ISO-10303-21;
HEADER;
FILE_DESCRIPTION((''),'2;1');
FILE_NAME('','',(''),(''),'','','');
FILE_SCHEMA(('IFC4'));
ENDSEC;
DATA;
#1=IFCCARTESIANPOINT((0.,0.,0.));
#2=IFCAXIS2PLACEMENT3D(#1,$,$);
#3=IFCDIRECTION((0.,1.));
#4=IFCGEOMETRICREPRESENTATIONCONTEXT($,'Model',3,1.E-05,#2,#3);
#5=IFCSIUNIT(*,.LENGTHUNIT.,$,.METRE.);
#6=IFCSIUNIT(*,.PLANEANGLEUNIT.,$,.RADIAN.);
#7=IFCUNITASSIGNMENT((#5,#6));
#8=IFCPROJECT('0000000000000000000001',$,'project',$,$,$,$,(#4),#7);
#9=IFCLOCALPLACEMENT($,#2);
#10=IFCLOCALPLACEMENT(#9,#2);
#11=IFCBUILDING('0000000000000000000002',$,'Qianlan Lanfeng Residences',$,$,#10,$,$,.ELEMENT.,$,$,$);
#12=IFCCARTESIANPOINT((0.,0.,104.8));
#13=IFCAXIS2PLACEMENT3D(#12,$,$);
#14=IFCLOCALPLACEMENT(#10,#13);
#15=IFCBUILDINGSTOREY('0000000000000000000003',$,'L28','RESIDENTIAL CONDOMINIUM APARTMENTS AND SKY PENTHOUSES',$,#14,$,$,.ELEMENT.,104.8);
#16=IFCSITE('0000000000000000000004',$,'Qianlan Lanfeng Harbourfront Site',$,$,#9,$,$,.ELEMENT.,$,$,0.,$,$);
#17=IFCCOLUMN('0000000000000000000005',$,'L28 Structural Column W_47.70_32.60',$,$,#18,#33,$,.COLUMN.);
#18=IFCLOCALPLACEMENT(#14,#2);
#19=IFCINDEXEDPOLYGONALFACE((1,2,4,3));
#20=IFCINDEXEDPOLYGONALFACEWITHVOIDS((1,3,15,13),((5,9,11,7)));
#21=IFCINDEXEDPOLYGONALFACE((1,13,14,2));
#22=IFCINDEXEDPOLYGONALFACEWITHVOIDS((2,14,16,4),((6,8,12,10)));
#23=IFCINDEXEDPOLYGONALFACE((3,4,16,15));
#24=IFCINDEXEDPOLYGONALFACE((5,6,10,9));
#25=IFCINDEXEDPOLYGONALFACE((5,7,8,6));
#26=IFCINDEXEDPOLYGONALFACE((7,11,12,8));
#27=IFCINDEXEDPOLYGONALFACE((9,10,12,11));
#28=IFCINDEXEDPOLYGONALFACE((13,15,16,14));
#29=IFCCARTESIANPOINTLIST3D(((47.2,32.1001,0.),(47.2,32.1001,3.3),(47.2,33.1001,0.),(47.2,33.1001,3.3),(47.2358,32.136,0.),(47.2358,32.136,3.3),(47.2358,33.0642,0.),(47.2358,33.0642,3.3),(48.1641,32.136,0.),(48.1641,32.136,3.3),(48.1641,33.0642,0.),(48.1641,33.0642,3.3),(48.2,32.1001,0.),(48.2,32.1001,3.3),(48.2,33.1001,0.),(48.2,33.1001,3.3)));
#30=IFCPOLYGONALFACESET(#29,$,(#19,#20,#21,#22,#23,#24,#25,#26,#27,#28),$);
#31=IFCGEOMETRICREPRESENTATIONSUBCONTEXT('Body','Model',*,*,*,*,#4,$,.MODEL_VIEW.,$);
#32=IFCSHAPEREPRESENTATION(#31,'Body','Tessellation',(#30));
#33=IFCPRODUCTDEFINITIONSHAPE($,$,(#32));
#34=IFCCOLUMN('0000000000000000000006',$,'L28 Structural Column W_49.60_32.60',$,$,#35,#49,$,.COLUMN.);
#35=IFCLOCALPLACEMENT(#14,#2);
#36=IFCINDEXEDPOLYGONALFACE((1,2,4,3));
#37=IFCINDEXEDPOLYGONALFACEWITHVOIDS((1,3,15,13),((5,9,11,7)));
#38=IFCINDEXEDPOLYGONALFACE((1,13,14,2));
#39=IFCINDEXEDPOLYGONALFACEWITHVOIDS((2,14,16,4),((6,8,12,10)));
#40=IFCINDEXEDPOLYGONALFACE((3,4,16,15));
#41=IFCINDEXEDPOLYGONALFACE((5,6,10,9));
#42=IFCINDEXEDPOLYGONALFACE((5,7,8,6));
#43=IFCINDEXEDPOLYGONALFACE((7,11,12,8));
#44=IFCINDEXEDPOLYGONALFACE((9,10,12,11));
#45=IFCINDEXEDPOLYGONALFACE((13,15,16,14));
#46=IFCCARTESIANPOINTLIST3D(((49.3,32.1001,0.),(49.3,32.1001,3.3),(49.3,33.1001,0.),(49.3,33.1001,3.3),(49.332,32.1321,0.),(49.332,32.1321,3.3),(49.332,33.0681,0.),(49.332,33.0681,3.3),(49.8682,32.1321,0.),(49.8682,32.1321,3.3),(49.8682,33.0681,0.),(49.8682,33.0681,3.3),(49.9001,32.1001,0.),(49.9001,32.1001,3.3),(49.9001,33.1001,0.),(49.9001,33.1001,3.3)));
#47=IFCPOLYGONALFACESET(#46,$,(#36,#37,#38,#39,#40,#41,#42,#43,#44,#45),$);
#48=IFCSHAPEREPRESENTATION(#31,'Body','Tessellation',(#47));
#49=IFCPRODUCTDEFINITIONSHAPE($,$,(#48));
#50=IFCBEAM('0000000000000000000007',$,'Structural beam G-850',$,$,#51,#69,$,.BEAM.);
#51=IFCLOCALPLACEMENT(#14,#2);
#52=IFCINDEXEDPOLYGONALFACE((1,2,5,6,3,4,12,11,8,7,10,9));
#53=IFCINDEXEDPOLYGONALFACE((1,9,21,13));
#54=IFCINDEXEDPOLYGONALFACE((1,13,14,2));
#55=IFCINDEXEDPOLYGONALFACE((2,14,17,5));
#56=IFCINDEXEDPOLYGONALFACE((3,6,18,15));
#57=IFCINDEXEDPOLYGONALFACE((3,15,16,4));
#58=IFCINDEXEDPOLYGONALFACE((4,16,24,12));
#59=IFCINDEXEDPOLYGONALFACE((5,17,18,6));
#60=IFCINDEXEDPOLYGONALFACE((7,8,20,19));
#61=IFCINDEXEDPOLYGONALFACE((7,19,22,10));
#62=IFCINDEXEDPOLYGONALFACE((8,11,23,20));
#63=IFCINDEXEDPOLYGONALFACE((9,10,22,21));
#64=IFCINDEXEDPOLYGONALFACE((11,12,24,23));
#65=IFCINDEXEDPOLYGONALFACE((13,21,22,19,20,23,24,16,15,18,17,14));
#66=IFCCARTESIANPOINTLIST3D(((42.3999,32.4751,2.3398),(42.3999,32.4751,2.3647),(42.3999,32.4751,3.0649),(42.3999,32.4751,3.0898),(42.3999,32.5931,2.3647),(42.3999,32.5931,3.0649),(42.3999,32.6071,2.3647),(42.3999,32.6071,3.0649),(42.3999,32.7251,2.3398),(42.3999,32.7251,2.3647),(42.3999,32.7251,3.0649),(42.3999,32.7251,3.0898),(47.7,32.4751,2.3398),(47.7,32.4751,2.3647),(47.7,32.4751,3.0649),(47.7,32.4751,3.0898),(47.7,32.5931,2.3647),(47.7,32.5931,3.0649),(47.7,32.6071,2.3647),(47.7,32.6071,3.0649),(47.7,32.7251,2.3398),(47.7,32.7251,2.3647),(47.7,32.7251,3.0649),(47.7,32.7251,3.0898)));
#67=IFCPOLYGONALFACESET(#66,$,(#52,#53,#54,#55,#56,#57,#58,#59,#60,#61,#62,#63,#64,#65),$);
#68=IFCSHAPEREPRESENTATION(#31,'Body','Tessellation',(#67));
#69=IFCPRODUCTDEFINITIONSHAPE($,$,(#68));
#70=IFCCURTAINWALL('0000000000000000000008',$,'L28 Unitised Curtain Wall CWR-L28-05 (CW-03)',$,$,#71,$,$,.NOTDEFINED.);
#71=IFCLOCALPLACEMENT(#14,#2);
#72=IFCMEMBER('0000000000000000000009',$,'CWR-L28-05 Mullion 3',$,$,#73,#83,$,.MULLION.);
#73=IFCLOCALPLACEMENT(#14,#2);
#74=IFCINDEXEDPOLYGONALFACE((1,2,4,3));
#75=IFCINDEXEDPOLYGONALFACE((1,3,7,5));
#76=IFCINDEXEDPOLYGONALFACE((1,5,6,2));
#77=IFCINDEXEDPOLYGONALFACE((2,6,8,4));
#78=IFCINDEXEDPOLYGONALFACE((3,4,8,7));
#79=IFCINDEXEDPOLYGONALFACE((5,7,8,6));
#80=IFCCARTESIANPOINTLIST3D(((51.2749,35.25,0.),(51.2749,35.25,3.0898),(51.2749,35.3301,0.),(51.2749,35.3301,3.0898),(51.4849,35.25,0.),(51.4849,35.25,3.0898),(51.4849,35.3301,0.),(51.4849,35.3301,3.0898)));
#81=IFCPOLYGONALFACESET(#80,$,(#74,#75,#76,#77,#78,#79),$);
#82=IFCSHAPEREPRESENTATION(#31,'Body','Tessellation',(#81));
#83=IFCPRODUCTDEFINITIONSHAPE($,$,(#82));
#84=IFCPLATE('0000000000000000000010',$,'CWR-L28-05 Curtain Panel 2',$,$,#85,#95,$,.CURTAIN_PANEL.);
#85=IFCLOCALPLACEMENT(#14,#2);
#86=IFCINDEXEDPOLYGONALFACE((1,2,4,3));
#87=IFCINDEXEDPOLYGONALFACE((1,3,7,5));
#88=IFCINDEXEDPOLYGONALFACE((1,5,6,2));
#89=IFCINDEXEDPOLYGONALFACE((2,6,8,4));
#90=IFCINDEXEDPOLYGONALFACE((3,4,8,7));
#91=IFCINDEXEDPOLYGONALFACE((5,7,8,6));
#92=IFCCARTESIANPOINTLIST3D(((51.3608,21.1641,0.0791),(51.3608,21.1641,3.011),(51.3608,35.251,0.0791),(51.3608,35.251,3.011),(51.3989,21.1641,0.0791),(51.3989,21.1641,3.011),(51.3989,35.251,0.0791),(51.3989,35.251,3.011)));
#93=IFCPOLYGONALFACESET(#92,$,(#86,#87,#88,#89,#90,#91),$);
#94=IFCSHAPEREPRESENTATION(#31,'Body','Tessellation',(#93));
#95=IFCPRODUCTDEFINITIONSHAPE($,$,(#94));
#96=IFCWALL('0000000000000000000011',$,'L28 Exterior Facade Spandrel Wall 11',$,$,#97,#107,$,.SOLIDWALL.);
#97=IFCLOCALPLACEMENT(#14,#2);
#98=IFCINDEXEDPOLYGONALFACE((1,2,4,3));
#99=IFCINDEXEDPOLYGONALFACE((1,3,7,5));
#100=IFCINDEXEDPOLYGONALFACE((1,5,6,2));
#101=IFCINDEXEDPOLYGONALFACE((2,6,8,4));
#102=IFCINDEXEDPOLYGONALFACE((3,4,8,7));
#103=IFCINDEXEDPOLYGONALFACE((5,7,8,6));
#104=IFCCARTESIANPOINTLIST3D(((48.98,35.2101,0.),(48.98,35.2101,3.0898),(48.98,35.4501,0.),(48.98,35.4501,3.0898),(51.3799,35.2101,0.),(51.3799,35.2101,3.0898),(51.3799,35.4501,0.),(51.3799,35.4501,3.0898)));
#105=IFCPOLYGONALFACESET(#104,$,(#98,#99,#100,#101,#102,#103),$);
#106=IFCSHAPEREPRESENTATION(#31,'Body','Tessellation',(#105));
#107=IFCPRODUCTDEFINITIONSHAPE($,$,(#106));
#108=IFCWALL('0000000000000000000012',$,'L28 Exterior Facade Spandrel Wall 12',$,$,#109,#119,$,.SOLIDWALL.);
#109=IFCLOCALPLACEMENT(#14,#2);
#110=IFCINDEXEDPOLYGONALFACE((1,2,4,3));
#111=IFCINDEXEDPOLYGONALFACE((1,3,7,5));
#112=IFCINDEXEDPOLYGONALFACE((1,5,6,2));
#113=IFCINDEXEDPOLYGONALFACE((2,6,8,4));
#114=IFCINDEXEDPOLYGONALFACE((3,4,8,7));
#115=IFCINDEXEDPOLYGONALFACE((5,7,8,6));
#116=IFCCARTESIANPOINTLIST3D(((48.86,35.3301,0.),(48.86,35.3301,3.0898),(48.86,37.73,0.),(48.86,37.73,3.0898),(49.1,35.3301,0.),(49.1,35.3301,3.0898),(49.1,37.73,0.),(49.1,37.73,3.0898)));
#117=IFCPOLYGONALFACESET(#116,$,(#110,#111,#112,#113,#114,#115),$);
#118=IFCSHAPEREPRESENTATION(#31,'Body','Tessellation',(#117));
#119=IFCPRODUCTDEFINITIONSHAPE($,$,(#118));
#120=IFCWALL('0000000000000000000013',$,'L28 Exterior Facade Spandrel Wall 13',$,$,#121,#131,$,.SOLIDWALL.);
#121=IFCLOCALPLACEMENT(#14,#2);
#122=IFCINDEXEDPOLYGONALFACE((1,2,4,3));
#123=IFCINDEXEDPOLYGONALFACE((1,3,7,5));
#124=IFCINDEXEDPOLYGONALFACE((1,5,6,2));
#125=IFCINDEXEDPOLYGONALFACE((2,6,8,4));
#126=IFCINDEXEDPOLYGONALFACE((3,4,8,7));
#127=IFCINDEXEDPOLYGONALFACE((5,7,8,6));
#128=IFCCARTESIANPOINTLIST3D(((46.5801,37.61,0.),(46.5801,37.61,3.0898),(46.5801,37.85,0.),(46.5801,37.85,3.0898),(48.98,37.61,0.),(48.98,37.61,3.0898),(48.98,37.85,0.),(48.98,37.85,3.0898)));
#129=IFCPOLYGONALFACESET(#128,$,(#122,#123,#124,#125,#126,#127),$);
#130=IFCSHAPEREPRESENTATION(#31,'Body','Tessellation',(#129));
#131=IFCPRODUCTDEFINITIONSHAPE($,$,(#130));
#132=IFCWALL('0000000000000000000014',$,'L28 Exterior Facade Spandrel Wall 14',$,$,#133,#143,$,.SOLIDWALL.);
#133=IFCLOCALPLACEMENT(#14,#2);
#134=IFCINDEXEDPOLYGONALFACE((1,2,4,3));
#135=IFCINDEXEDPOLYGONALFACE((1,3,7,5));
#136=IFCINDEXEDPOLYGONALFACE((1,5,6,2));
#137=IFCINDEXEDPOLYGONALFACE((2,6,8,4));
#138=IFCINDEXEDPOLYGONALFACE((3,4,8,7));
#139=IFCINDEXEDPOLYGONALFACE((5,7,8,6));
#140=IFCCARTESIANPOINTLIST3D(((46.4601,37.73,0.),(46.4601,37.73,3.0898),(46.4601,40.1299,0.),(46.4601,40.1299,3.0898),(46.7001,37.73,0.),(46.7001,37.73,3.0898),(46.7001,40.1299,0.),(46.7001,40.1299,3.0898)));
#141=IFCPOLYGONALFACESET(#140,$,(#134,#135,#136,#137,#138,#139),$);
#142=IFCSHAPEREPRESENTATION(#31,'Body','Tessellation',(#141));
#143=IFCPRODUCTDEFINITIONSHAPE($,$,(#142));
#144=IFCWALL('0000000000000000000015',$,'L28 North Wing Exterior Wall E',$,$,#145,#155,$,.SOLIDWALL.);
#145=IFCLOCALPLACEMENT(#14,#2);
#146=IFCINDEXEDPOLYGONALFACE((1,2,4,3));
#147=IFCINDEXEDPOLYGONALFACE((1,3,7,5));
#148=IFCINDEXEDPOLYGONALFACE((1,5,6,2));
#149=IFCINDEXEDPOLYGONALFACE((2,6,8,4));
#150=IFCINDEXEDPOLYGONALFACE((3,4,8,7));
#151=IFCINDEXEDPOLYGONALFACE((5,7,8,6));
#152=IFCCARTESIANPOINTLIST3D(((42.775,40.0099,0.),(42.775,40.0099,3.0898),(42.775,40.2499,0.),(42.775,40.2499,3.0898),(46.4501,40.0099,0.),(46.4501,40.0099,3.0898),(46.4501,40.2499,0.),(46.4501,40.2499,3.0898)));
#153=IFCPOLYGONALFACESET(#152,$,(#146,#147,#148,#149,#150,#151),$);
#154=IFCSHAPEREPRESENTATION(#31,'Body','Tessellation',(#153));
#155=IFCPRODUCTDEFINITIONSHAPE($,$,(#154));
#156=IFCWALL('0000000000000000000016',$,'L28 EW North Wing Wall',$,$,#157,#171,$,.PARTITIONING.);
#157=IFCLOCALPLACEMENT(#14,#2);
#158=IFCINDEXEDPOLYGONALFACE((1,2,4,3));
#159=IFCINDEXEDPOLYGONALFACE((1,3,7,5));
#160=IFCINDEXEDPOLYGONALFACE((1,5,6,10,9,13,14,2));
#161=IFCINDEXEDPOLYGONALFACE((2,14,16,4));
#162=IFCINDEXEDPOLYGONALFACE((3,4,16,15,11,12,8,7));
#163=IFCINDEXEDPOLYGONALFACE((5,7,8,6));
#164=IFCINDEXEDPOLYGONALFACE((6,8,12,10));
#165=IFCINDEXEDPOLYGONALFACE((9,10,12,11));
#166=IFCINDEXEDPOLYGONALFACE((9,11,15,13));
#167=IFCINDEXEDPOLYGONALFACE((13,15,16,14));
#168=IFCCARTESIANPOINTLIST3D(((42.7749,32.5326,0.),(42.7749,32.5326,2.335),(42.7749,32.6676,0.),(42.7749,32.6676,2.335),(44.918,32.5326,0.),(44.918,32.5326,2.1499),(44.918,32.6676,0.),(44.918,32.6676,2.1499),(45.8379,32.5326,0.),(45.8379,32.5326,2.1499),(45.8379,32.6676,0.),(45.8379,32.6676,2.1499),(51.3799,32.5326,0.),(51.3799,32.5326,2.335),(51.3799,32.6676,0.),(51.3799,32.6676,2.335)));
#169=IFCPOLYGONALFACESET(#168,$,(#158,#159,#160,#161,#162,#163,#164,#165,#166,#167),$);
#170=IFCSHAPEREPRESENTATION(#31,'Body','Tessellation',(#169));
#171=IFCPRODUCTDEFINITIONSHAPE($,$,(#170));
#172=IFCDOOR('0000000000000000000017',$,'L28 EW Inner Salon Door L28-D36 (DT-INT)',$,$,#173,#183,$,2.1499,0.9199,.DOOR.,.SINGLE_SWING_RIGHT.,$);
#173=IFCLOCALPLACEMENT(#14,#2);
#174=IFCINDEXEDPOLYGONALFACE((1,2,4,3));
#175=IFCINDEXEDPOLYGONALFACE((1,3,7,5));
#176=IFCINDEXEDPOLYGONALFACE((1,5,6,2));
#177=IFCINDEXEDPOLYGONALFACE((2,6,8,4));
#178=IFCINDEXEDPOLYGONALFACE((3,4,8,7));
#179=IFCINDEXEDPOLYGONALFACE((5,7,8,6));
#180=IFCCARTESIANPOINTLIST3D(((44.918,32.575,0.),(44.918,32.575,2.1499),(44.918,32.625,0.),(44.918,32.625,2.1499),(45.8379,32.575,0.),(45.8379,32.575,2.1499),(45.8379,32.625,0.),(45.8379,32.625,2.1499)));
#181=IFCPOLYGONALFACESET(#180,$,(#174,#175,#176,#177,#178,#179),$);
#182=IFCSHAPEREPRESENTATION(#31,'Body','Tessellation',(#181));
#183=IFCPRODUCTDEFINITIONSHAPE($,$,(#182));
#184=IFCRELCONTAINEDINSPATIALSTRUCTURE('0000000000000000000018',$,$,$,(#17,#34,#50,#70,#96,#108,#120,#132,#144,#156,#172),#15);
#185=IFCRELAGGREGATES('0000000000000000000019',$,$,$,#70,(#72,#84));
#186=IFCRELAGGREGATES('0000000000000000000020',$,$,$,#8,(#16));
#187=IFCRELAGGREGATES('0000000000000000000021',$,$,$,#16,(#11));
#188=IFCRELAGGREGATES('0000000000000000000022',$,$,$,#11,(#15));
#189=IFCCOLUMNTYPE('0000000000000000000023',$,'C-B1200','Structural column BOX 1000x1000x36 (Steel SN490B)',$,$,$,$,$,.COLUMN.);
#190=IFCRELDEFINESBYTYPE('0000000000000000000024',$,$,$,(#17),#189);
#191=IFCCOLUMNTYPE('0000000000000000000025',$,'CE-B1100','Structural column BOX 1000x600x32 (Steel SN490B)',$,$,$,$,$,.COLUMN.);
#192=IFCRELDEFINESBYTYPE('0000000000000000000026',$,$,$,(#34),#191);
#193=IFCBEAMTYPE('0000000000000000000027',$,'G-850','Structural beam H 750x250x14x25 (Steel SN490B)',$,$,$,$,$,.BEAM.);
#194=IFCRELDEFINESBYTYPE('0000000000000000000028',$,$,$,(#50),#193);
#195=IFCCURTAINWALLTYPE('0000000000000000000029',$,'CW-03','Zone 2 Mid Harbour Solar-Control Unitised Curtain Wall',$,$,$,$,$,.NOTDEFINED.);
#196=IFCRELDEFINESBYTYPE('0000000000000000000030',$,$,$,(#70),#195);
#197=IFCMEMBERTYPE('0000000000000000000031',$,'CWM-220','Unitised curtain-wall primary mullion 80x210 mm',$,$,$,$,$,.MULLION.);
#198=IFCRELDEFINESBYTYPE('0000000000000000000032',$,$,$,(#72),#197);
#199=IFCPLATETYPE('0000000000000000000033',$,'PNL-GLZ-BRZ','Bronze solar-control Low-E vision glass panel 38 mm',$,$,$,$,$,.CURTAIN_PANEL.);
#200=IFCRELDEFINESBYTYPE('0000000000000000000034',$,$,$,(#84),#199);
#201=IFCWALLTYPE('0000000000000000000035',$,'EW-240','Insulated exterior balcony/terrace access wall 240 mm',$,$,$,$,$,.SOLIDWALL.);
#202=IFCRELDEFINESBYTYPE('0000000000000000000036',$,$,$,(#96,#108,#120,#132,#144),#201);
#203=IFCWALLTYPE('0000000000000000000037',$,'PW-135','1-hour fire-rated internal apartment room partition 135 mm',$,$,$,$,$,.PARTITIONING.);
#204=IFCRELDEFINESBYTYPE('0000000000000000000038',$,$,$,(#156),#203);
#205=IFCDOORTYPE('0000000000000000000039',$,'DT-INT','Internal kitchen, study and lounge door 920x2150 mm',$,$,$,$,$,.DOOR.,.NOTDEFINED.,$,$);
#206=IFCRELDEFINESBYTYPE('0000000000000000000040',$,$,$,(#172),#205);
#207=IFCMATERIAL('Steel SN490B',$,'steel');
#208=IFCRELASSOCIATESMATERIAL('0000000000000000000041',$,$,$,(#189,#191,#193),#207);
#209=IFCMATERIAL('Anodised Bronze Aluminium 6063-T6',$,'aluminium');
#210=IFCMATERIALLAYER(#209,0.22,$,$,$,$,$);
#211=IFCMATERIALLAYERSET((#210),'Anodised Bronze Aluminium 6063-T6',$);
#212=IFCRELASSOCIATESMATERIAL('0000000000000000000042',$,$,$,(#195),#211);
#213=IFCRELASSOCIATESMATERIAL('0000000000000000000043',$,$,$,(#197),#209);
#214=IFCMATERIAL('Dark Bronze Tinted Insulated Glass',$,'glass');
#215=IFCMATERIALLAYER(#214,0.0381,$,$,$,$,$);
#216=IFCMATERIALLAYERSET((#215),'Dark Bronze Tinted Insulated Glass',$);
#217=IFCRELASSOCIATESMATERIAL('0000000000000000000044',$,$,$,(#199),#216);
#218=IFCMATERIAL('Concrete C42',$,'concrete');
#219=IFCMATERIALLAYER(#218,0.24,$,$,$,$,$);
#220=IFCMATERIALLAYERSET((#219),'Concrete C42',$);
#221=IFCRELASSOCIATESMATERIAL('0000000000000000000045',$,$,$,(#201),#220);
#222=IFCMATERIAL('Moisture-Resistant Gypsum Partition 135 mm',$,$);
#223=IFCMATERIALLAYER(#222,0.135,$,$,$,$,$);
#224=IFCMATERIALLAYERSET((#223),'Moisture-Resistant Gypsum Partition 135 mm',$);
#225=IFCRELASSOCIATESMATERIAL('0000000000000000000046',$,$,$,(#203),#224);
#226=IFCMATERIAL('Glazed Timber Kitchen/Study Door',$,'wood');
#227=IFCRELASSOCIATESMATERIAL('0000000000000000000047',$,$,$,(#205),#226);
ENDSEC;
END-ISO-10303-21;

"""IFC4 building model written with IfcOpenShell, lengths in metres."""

from ifc_helpers import new_model, si_unit, direction, frame, frame_2d, origin, origin_2d, place, context, subcontext, project, spatial, rectangle, hollow_rectangle, i_section, extrude, source, transform, mapped, material, layer, layer_set, material_profile, profile_set, type_object, element, fill, aggregate, save


model = new_model("IFC4")

# Units and contexts
model_context = context("Model", 3, precision=1e-05, world=origin(), true_north=direction((0.0, 1.0)))
body_context = subcontext(model_context, "Body", "Model", "MODEL_VIEW")
ifc_project = project(units=[si_unit("LENGTHUNIT", "METRE"), si_unit("PLANEANGLEUNIT", "RADIAN")], contexts=[model_context])

# Site, building, storey
site_placement = place(None, origin())
site = spatial("IfcSite", under=ifc_project, at=site_placement, Name="Qianlan Lanfeng Harbourfront Site", CompositionType="ELEMENT", RefElevation=0.0)
building_placement = place(site_placement, origin())
building = spatial("IfcBuilding", under=site, at=building_placement, Name="Qianlan Lanfeng Residences", CompositionType="ELEMENT")
storey_placement = place(building_placement, frame((0.0, 0.0, 104.8)))
storey = spatial("IfcBuildingStorey", under=building, at=storey_placement, Name="L28", Description="RESIDENTIAL CONDOMINIUM APARTMENTS AND SKY PENTHOUSES", CompositionType="ELEMENT", Elevation=104.8)

# Columns
ifc_material_1 = material(Name="Steel SN490B", Category="steel")
ifc_material_profile_1 = material_profile(ifc_material_1, hollow_rectangle(XDim=1.0, YDim=1.0, WallThickness=0.0359, at=origin_2d()), Name="BOX 1000x1000x36")
ifc_profile_set_1 = profile_set([ifc_material_profile_1], Name="Steel SN490B")
column_type_1 = type_object("IfcColumnType", Name="C-B1200", Description="Structural column BOX 1000x1000x36 (Steel SN490B)", PredefinedType="COLUMN", material=ifc_profile_set_1)
column_1_placement = place(storey_placement, frame((47.7, 32.6001, 0.0), z_axis=(0.0, 0.0, 1.0), x_axis=(1.0, 0.0, 0.0)))
element("IfcColumn", 1, at=column_1_placement, inside=storey, type_object=column_type_1, Name="L28 Structural Column W_47.70_32.60", PredefinedType="COLUMN", context=body_context, shape_type="SweptSolid", body=[
    extrude(hollow_rectangle(XDim=1.0, YDim=1.0, WallThickness=0.0359, at=origin_2d()), origin(), (0.0, 0.0, 1.0), 3.3),
])
ifc_material_profile_2 = material_profile(ifc_material_1, hollow_rectangle(XDim=0.6001, YDim=1.0, WallThickness=0.032, at=origin_2d()), Name="BOX 1000x600x32")
ifc_profile_set_2 = profile_set([ifc_material_profile_2], Name="Steel SN490B")
column_type_2 = type_object("IfcColumnType", Name="CE-B1100", Description="Structural column BOX 1000x600x32 (Steel SN490B)", PredefinedType="COLUMN", material=ifc_profile_set_2)
column_2_placement = place(storey_placement, frame((49.6001, 32.6001, 0.0), z_axis=(0.0, 0.0, 1.0), x_axis=(1.0, 0.0, 0.0)))
element("IfcColumn", 2, at=column_2_placement, inside=storey, type_object=column_type_2, Name="L28 Structural Column W_49.60_32.60", PredefinedType="COLUMN", context=body_context, shape_type="SweptSolid", body=[
    extrude(hollow_rectangle(XDim=0.6001, YDim=1.0, WallThickness=0.032, at=origin_2d()), origin(), (0.0, 0.0, 1.0), 3.3),
])

# Beam
ifc_material_profile_3 = material_profile(ifc_material_1, i_section(OverallWidth=0.25, OverallDepth=0.75, WebThickness=0.0139, FlangeThickness=0.0249, at=origin_2d()), Name="H 750x250x14x25")
ifc_profile_set_3 = profile_set([ifc_material_profile_3], Name="Steel SN490B")
beam_type = type_object("IfcBeamType", Name="G-850", Description="Structural beam H 750x250x14x25 (Steel SN490B)", PredefinedType="BEAM", material=ifc_profile_set_3)
beam_placement = place(storey_placement, frame((42.3999, 32.6001, 2.7148), z_axis=(1.0, 0.0, 0.0), x_axis=(0.0, 1.0, 0.0)))
element("IfcBeam", 3, at=beam_placement, inside=storey, type_object=beam_type, Name="Structural beam G-850", PredefinedType="BEAM", context=body_context, shape_type="SweptSolid", body=[
    extrude(i_section(OverallWidth=0.25, OverallDepth=0.75, WebThickness=0.0139, FlangeThickness=0.0249, at=origin_2d()), origin(), (0.0, 0.0, 1.0), 5.3),
])

# Curtain wall, member, plate
ifc_material_2 = material(Name="Anodised Bronze Aluminium 6063-T6", Category="aluminium")
ifc_layer_1 = layer(ifc_material_2, 0.22)
ifc_layer_set_1 = layer_set([ifc_layer_1], Name="Anodised Bronze Aluminium 6063-T6")
curtain_wall_type = type_object("IfcCurtainWallType", Name="CW-03", Description="Zone 2 Mid Harbour Solar-Control Unitised Curtain Wall", PredefinedType="NOTDEFINED", material=ifc_layer_set_1)
curtain_wall_placement = place(storey_placement, origin())
curtain_wall = element("IfcCurtainWall", 4, at=curtain_wall_placement, inside=storey, type_object=curtain_wall_type, Name="L28 Unitised Curtain Wall CWR-L28-05 (CW-03)", PredefinedType="NOTDEFINED")
ifc_material_profile_4 = material_profile(ifc_material_2, rectangle(XDim=0.0801, YDim=0.21, at=origin_2d()), Name="ALU MULLION 80x210")
ifc_profile_set_4 = profile_set([ifc_material_profile_4], Name="Anodised Bronze Aluminium 6063-T6")
member_type = type_object("IfcMemberType", Name="CWM-220", Description="Unitised curtain-wall primary mullion 80x210 mm", PredefinedType="MULLION", material=ifc_profile_set_4)
shared_shape_1 = source(origin(), body_context, "Body", "SweptSolid", [
    extrude(rectangle(XDim=0.0801, YDim=0.21, at=origin_2d()), origin(), (0.0, 0.0, 1.0), 3.0898),
])
member_placement = place(storey_placement, frame((51.3799, 35.29, 0.0), z_axis=(0.0, 0.0, 1.0), x_axis=(0.0, 1.0, 0.0)))
member = element("IfcMember", 5, at=member_placement, type_object=member_type, Name="CWR-L28-05 Mullion 3", PredefinedType="MULLION", context=body_context, shape_type="MappedRepresentation", body=[
    mapped(shared_shape_1, transform((0.0, 0.0, 0.0), scale=1.0)),
])
ifc_material_3 = material(Name="Dark Bronze Tinted Insulated Glass", Category="glass")
ifc_layer_2 = layer(ifc_material_3, 0.0381)
ifc_layer_set_2 = layer_set([ifc_layer_2], Name="Dark Bronze Tinted Insulated Glass")
plate_type = type_object("IfcPlateType", Name="PNL-GLZ-BRZ", Description="Bronze solar-control Low-E vision glass panel 38 mm", PredefinedType="CURTAIN_PANEL", material=ifc_layer_set_2)
shared_shape_2 = source(origin(), body_context, "Body", "SweptSolid", [
    extrude(rectangle(XDim=14.0869, YDim=0.0381, at=origin_2d()), origin(), (0.0, 0.0, 1.0), 2.9319),
])
plate_placement = place(storey_placement, frame((51.3799, 28.2075, 0.0791), z_axis=(0.0, 0.0, 1.0), x_axis=(0.0, 1.0, 0.0)))
plate = element("IfcPlate", 6, at=plate_placement, type_object=plate_type, Name="CWR-L28-05 Curtain Panel 2", PredefinedType="CURTAIN_PANEL", context=body_context, shape_type="MappedRepresentation", body=[
    mapped(shared_shape_2, transform((0.0, 0.0, 0.0), scale=1.0)),
])
aggregate(curtain_wall, [member, plate])

# Walls
ifc_material_4 = material(Name="Concrete C42", Category="concrete")
ifc_layer_3 = layer(ifc_material_4, 0.24)
ifc_layer_set_3 = layer_set([ifc_layer_3], Name="Concrete C42")
wall_type_1 = type_object("IfcWallType", Name="EW-240", Description="Insulated exterior balcony/terrace access wall 240 mm", PredefinedType="SOLIDWALL", material=ifc_layer_set_3)
for number, where, z_axis, x_axis, name in (
    (7, (51.3799, 35.3301, 0.0), (0.0, 0.0, 1.0), (-1.0, 0.0, 0.0), "L28 Exterior Facade Spandrel Wall 11"),
    (8, (48.98, 35.3301, 0.0), (0.0, 0.0, 1.0), (0.0, 1.0, 0.0), "L28 Exterior Facade Spandrel Wall 12"),
    (9, (48.98, 37.73, 0.0), (0.0, 0.0, 1.0), (-1.0, 0.0, 0.0), "L28 Exterior Facade Spandrel Wall 13"),
    (10, (46.5801, 37.73, 0.0), (0.0, 0.0, 1.0), (0.0, 1.0, 0.0), "L28 Exterior Facade Spandrel Wall 14"),
):
    element("IfcWall", number, at=place(storey_placement, frame(where, z_axis=z_axis, x_axis=x_axis)), inside=storey, type_object=wall_type_1, Name=name, PredefinedType="SOLIDWALL", context=body_context, shape_type="SweptSolid", body=[
        extrude(rectangle(XDim=2.3999, YDim=0.24, at=frame_2d((1.2, 0.0))), origin(), (0.0, 0.0, 1.0), 3.0898),
    ])
wall_1_placement = place(storey_placement, frame((46.45, 40.1299, 0.0), z_axis=(0.0, 0.0, 1.0), x_axis=(-1.0, 0.0, 0.0)))
element("IfcWall", 11, at=wall_1_placement, inside=storey, type_object=wall_type_1, Name="L28 North Wing Exterior Wall E", PredefinedType="SOLIDWALL", context=body_context, shape_type="SweptSolid", body=[
    extrude(rectangle(XDim=3.675, YDim=0.24, at=frame_2d((1.8374, 0.0))), origin(), (0.0, 0.0, 1.0), 3.0898),
])

# Wall, opening, door
ifc_material_5 = material(Name="Moisture-Resistant Gypsum Partition 135 mm")
ifc_layer_4 = layer(ifc_material_5, 0.135)
ifc_layer_set_4 = layer_set([ifc_layer_4], Name="Moisture-Resistant Gypsum Partition 135 mm")
wall_type_2 = type_object("IfcWallType", Name="PW-135", Description="1-hour fire-rated internal apartment room partition 135 mm", PredefinedType="PARTITIONING", material=ifc_layer_set_4)
wall_2_placement = place(storey_placement, frame((42.7749, 32.6001, 0.0), z_axis=(0.0, 0.0, 1.0), x_axis=(1.0, 0.0, 0.0)))
wall_2 = element("IfcWall", 12, at=wall_2_placement, inside=storey, type_object=wall_type_2, Name="L28 EW North Wing Wall", PredefinedType="PARTITIONING", context=body_context, shape_type="SweptSolid", body=[
    extrude(rectangle(XDim=8.605, YDim=0.135, at=frame_2d((4.3025, 0.0))), origin(), (0.0, 0.0, 1.0), 2.335),
])
opening_placement = place(wall_2_placement, frame((2.1431, 0.0, 0.0)))
opening = element("IfcOpeningElement", 13, at=opening_placement, cuts=wall_2, PredefinedType="OPENING", context=body_context, shape_type="SweptSolid", body=[
    extrude(rectangle(XDim=0.9199, YDim=2.1499, at=frame_2d((0.46, 1.075))), frame((0.0, 0.0776, 0.0), z_axis=(0.0, -1.0, 0.0), x_axis=(1.0, 0.0, 0.0)), (0.0, 0.0, 1.0), 0.155),
])
ifc_material_6 = material(Name="Glazed Timber Kitchen/Study Door", Category="wood")
door_type = type_object("IfcDoorType", Name="DT-INT", Description="Internal kitchen, study and lounge door 920x2150 mm", OperationType="NOTDEFINED", PredefinedType="DOOR", material=ifc_material_6)
door_placement = place(opening_placement, origin())
door = element("IfcDoor", 14, at=door_placement, inside=storey, type_object=door_type, Name="L28 EW Inner Salon Door L28-D36 (DT-INT)", OperationType="SINGLE_SWING_RIGHT", OverallHeight=2.1499, OverallWidth=0.9199, PredefinedType="DOOR", context=body_context, shape_type="SweptSolid", body=[
    extrude(rectangle(XDim=0.9199, YDim=2.1499, at=frame_2d((0.46, 1.075))), frame((0.0, 0.0249, 0.0), z_axis=(0.0, -1.0, 0.0), x_axis=(1.0, 0.0, 0.0)), (0.0, 0.0, 1.0), 0.05),
])
fill(opening, door)

save(model, "model.ifc")
